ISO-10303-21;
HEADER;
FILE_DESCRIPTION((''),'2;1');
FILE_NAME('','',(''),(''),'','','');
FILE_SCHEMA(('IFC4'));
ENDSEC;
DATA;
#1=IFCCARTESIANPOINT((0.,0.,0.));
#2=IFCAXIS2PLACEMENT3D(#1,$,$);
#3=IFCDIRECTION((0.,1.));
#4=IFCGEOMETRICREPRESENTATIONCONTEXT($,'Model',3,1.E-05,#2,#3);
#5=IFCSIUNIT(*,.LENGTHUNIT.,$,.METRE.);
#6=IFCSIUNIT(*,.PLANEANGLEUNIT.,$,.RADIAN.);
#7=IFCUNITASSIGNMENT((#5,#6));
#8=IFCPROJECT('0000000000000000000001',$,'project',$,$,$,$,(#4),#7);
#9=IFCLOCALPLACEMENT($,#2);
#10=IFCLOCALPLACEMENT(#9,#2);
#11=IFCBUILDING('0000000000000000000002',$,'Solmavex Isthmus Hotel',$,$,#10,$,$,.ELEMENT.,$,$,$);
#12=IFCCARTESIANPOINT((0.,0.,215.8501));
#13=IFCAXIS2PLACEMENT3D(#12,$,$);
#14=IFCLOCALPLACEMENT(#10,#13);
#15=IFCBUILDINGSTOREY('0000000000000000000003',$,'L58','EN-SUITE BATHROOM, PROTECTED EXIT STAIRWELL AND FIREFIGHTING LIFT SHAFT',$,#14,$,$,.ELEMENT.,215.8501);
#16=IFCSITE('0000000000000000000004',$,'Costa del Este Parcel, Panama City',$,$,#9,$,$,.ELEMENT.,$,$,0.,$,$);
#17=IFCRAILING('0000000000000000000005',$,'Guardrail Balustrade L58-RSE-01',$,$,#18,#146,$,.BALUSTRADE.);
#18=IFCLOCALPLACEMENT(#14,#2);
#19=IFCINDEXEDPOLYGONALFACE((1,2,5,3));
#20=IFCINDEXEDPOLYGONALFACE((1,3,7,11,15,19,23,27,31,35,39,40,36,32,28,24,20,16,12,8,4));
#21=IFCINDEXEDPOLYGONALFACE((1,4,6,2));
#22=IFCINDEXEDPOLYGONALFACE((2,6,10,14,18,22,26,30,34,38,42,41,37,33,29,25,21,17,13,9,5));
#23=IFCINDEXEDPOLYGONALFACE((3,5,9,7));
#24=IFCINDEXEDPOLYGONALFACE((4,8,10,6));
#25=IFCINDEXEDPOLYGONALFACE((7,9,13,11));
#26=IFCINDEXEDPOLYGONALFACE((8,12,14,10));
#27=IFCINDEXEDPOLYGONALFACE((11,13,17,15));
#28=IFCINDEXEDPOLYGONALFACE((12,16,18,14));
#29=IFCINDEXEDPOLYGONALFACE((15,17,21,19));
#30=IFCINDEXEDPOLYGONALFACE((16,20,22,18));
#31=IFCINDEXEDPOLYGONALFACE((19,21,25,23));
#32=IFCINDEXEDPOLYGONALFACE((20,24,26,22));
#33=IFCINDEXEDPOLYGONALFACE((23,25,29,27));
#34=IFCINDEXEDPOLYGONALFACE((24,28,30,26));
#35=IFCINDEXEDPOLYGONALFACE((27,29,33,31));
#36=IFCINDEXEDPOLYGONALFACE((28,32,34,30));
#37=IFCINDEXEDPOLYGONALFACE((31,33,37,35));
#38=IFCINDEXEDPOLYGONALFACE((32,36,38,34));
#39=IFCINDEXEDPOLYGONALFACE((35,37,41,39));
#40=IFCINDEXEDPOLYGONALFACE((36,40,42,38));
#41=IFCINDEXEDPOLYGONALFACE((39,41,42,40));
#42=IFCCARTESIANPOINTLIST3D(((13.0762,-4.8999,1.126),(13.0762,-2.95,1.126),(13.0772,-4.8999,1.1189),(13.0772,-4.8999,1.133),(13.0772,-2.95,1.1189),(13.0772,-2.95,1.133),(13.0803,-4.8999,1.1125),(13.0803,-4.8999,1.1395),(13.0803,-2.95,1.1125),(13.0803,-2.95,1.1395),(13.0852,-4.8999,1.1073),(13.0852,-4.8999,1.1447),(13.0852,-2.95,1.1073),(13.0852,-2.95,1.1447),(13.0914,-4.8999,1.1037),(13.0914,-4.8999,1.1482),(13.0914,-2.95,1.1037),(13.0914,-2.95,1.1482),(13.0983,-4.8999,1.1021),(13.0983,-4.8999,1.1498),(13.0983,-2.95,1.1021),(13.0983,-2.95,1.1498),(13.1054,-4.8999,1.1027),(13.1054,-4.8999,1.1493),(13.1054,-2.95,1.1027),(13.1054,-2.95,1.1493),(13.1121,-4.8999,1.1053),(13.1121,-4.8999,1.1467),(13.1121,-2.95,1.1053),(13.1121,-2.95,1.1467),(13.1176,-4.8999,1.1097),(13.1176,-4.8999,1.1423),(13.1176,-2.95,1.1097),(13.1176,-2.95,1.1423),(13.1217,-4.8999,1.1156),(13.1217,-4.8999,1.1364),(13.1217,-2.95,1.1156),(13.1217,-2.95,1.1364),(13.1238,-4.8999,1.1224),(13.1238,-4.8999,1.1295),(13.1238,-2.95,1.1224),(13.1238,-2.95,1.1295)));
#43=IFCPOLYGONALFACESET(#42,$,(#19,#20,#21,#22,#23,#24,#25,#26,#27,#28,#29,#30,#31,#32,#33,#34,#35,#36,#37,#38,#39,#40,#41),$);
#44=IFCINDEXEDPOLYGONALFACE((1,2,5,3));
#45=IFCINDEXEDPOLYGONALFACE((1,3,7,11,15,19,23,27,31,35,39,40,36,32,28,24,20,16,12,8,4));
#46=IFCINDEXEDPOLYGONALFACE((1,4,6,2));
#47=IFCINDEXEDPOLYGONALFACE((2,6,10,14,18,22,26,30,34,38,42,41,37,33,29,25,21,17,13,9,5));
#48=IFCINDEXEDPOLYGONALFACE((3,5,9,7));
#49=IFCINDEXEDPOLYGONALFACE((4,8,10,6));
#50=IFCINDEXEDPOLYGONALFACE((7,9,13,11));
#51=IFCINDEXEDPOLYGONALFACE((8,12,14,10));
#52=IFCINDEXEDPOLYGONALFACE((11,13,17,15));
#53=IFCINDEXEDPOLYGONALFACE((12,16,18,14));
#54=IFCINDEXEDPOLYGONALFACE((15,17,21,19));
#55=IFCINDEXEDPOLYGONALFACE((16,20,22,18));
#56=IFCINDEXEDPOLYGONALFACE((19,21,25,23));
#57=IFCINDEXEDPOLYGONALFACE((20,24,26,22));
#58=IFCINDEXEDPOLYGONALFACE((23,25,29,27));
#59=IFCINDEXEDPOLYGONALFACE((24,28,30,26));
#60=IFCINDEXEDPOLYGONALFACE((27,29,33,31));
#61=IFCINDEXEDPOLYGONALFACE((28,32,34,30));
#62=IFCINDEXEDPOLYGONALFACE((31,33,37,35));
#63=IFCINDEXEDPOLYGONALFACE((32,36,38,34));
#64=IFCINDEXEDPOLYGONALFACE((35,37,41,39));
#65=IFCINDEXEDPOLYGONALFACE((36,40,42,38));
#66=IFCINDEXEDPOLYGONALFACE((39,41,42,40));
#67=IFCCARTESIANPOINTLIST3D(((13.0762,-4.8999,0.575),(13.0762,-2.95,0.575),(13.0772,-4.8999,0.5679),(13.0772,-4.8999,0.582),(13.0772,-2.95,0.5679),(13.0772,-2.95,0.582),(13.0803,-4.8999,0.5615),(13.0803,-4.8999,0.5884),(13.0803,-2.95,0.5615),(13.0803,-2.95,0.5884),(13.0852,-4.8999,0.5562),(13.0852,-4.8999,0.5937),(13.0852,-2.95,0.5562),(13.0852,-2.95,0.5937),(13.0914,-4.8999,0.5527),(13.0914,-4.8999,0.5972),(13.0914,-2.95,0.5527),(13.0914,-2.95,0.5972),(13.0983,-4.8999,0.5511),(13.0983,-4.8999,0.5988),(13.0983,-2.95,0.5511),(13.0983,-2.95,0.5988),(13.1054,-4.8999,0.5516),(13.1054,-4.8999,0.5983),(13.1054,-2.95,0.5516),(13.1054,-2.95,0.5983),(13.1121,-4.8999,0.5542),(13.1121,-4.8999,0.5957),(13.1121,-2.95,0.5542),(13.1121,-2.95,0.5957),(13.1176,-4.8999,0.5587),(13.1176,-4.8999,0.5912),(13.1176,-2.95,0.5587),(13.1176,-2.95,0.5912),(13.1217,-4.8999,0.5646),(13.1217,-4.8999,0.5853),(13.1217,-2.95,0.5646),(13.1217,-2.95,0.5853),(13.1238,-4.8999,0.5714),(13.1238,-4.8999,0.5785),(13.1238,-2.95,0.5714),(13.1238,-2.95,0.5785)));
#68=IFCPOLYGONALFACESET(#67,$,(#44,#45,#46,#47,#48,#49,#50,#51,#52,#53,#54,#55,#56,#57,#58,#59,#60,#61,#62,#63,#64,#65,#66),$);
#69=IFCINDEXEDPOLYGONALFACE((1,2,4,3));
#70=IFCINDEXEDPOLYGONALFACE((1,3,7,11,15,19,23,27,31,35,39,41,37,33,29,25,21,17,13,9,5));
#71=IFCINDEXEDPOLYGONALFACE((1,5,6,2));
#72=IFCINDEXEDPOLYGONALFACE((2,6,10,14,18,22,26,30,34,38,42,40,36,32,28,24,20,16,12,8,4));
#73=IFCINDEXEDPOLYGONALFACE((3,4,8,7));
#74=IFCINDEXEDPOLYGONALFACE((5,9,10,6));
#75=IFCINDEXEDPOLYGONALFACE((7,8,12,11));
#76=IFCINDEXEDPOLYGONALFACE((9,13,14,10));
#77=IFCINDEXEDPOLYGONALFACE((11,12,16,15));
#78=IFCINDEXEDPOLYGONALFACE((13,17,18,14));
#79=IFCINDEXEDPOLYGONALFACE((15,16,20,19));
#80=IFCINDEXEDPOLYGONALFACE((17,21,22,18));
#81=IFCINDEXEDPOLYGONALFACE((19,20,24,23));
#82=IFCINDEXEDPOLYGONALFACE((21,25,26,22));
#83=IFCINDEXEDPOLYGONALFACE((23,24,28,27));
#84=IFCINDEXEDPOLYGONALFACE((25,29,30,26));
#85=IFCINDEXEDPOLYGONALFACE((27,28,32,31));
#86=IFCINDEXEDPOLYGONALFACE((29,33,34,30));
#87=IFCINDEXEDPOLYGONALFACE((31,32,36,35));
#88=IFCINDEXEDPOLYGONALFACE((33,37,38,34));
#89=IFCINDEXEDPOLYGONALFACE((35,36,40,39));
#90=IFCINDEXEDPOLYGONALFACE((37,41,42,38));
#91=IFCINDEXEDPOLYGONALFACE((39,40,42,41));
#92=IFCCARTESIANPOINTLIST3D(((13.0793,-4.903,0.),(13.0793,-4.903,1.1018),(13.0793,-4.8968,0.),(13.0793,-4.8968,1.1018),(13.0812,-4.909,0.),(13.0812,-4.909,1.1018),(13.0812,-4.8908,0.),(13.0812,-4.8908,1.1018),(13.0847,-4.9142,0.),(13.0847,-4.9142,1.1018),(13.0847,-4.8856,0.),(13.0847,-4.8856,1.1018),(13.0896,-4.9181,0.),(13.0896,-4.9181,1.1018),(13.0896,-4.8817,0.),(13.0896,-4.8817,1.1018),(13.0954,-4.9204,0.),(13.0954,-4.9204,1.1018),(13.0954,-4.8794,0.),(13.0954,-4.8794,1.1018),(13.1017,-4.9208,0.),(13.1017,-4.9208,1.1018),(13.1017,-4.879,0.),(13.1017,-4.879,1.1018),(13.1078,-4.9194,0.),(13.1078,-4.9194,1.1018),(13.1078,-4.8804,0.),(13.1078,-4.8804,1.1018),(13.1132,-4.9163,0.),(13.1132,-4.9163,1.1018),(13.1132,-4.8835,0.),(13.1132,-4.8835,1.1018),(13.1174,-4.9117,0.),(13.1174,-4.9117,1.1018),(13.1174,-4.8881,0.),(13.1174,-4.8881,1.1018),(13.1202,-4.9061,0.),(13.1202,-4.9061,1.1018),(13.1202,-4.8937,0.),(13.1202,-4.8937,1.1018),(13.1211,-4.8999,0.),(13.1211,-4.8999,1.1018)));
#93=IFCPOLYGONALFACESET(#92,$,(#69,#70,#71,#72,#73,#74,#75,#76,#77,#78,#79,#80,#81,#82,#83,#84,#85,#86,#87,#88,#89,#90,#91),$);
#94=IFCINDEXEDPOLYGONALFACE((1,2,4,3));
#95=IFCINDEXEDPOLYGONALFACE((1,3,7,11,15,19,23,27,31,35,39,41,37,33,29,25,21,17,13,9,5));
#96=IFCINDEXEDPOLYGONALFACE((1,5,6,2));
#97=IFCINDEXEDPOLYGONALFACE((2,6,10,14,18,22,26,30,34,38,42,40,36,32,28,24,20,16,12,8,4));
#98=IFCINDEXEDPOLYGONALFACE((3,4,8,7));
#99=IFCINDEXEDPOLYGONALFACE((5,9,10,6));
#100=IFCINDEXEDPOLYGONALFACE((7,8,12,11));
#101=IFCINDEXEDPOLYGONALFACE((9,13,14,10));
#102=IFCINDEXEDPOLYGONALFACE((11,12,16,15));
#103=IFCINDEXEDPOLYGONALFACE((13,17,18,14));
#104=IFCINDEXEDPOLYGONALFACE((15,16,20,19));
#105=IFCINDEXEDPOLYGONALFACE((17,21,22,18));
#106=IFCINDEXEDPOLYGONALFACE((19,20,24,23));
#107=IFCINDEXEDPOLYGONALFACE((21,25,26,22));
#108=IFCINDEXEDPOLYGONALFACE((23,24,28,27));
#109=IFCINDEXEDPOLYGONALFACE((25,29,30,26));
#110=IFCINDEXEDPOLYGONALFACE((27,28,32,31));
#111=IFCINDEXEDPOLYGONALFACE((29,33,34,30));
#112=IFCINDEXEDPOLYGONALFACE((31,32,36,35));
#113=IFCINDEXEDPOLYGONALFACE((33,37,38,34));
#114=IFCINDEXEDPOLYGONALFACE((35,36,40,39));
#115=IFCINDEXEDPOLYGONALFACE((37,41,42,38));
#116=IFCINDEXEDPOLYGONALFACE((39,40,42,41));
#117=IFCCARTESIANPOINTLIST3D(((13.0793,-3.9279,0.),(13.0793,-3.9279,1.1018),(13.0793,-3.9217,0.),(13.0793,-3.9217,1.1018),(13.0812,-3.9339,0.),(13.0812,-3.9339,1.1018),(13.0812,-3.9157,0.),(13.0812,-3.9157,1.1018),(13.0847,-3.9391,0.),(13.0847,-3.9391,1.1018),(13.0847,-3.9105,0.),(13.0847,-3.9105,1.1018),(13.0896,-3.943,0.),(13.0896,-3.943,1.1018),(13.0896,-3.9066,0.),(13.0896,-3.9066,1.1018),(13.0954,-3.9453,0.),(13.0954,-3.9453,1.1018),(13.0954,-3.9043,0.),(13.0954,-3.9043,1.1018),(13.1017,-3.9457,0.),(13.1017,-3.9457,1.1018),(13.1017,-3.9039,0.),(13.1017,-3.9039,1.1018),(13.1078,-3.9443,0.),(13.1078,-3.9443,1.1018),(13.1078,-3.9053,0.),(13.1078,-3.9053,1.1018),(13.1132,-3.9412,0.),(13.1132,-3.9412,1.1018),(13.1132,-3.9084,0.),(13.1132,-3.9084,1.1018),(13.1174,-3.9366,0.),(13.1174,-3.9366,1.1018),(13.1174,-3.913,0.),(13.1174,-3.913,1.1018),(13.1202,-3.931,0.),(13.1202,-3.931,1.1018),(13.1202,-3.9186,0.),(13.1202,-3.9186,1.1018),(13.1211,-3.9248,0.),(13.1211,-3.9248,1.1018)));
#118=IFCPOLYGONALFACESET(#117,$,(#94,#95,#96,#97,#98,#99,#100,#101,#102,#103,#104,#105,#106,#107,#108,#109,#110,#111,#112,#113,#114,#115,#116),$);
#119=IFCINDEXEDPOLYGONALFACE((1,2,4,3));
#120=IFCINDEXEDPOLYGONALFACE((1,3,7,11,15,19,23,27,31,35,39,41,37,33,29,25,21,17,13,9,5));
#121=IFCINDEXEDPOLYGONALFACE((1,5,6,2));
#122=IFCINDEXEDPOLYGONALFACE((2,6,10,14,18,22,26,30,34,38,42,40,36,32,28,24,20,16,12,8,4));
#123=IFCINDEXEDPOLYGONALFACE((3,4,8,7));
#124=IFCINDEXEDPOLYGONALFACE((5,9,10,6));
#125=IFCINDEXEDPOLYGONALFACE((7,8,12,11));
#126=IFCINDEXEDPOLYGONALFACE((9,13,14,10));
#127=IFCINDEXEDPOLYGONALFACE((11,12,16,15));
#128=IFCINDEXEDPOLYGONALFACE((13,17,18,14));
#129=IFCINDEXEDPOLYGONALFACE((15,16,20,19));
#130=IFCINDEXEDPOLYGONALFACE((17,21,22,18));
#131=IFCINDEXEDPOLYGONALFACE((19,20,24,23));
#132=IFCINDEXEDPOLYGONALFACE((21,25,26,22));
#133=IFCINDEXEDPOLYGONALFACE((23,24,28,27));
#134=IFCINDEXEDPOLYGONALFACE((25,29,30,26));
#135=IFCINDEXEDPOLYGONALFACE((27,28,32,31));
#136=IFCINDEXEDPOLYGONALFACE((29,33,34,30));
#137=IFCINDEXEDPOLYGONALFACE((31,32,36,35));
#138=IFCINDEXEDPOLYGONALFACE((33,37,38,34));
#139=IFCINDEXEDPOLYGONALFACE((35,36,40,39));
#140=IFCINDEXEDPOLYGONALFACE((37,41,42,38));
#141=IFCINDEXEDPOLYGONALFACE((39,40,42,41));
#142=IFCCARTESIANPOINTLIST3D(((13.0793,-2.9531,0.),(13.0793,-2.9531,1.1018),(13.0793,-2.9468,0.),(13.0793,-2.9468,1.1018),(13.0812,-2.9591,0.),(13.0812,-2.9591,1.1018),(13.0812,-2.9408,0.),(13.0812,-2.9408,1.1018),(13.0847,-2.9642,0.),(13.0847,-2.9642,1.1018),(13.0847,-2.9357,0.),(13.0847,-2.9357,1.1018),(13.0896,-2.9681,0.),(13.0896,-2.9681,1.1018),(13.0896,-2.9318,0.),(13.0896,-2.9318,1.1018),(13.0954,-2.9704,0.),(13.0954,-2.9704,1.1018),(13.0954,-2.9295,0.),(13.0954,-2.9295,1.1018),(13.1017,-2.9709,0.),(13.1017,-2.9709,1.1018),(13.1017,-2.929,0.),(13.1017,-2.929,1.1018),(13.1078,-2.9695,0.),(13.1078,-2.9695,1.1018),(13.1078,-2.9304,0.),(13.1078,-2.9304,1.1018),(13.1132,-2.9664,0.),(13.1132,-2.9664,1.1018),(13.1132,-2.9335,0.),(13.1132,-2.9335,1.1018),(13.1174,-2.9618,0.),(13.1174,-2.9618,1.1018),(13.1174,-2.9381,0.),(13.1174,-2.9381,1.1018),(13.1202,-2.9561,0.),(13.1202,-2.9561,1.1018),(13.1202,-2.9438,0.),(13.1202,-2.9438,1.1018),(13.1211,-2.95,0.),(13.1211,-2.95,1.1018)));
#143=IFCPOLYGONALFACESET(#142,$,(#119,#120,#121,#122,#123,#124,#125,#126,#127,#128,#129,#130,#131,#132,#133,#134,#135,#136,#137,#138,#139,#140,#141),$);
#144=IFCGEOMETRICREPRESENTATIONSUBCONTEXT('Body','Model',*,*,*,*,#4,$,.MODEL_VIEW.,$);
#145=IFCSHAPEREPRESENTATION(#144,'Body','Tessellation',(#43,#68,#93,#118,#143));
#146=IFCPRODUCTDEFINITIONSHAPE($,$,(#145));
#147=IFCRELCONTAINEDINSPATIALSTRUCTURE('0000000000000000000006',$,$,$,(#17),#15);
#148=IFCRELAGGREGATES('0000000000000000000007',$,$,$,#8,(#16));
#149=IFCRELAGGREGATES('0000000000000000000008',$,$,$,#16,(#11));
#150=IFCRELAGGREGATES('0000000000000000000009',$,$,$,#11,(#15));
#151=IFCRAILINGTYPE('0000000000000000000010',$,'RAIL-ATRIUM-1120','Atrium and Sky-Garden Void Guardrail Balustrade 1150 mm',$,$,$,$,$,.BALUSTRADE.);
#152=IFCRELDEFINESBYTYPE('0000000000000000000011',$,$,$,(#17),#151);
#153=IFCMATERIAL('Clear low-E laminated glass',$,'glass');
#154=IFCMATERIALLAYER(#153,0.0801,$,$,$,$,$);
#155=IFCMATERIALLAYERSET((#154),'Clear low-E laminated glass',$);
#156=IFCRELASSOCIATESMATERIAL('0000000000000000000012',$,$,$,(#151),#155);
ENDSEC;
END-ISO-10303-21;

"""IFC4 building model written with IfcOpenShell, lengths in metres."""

from ifc_helpers import new_model, si_unit, direction, frame, origin, origin_2d, place, context, subcontext, project, spatial, circle, extrude, material, layer, layer_set, type_object, element, save


model = new_model("IFC4")

# Units and contexts
model_context = context("Model", 3, precision=1e-05, world=origin(), true_north=direction((0.0, 1.0)))
body_context = subcontext(model_context, "Body", "Model", "MODEL_VIEW")
ifc_project = project(units=[si_unit("LENGTHUNIT", "METRE"), si_unit("PLANEANGLEUNIT", "RADIAN")], contexts=[model_context])

# Site, building, storey
site_placement = place(None, origin())
site = spatial("IfcSite", under=ifc_project, at=site_placement, Name="Costa del Este Parcel, Panama City", CompositionType="ELEMENT", RefElevation=0.0)
building_placement = place(site_placement, origin())
building = spatial("IfcBuilding", under=site, at=building_placement, Name="Solmavex Isthmus Hotel", CompositionType="ELEMENT")
storey_placement = place(building_placement, frame((0.0, 0.0, 215.8501)))
storey = spatial("IfcBuildingStorey", under=building, at=storey_placement, Name="L58", Description="EN-SUITE BATHROOM, PROTECTED EXIT STAIRWELL AND FIREFIGHTING LIFT SHAFT", CompositionType="ELEMENT", Elevation=215.8501)

# Railing
ifc_material_1 = material(Name="Clear low-E laminated glass", Category="glass")
ifc_layer_1 = layer(ifc_material_1, 0.0801)
ifc_layer_set_1 = layer_set([ifc_layer_1], Name="Clear low-E laminated glass")
railing_type_1 = type_object("IfcRailingType", Name="RAIL-ATRIUM-1120", Description="Atrium and Sky-Garden Void Guardrail Balustrade 1150 mm", PredefinedType="BALUSTRADE", material=ifc_layer_set_1)
railing_1_placement = place(storey_placement, frame((13.1001, -4.8999, 0.0)))
element("IfcRailing", 1, at=railing_1_placement, inside=storey, type_object=railing_type_1, Name="Guardrail Balustrade L58-RSE-01", PredefinedType="BALUSTRADE", context=body_context, shape_type="SweptSolid", body=[
    extrude(circle(Radius=0.0239, at=origin_2d()), frame((0.0, 0.0, 1.126), z_axis=(0.0, 1.0, 0.0), x_axis=(-1.0, 0.0, 0.0)), (0.0, 0.0, 1.0), 1.95),
    extrude(circle(Radius=0.0239, at=origin_2d()), frame((0.0, 0.0, 0.575), z_axis=(0.0, 1.0, 0.0), x_axis=(-1.0, 0.0, 0.0)), (0.0, 0.0, 1.0), 1.95),
    extrude(circle(Radius=0.021, at=origin_2d()), origin(), (0.0, 0.0, 1.0), 1.1018),
    extrude(circle(Radius=0.021, at=origin_2d()), frame((0.0, 0.9751, 0.0)), (0.0, 0.0, 1.0), 1.1018),
    extrude(circle(Radius=0.021, at=origin_2d()), frame((0.0, 1.95, 0.0)), (0.0, 0.0, 1.0), 1.1018),
])

save(model, "model.ifc")
